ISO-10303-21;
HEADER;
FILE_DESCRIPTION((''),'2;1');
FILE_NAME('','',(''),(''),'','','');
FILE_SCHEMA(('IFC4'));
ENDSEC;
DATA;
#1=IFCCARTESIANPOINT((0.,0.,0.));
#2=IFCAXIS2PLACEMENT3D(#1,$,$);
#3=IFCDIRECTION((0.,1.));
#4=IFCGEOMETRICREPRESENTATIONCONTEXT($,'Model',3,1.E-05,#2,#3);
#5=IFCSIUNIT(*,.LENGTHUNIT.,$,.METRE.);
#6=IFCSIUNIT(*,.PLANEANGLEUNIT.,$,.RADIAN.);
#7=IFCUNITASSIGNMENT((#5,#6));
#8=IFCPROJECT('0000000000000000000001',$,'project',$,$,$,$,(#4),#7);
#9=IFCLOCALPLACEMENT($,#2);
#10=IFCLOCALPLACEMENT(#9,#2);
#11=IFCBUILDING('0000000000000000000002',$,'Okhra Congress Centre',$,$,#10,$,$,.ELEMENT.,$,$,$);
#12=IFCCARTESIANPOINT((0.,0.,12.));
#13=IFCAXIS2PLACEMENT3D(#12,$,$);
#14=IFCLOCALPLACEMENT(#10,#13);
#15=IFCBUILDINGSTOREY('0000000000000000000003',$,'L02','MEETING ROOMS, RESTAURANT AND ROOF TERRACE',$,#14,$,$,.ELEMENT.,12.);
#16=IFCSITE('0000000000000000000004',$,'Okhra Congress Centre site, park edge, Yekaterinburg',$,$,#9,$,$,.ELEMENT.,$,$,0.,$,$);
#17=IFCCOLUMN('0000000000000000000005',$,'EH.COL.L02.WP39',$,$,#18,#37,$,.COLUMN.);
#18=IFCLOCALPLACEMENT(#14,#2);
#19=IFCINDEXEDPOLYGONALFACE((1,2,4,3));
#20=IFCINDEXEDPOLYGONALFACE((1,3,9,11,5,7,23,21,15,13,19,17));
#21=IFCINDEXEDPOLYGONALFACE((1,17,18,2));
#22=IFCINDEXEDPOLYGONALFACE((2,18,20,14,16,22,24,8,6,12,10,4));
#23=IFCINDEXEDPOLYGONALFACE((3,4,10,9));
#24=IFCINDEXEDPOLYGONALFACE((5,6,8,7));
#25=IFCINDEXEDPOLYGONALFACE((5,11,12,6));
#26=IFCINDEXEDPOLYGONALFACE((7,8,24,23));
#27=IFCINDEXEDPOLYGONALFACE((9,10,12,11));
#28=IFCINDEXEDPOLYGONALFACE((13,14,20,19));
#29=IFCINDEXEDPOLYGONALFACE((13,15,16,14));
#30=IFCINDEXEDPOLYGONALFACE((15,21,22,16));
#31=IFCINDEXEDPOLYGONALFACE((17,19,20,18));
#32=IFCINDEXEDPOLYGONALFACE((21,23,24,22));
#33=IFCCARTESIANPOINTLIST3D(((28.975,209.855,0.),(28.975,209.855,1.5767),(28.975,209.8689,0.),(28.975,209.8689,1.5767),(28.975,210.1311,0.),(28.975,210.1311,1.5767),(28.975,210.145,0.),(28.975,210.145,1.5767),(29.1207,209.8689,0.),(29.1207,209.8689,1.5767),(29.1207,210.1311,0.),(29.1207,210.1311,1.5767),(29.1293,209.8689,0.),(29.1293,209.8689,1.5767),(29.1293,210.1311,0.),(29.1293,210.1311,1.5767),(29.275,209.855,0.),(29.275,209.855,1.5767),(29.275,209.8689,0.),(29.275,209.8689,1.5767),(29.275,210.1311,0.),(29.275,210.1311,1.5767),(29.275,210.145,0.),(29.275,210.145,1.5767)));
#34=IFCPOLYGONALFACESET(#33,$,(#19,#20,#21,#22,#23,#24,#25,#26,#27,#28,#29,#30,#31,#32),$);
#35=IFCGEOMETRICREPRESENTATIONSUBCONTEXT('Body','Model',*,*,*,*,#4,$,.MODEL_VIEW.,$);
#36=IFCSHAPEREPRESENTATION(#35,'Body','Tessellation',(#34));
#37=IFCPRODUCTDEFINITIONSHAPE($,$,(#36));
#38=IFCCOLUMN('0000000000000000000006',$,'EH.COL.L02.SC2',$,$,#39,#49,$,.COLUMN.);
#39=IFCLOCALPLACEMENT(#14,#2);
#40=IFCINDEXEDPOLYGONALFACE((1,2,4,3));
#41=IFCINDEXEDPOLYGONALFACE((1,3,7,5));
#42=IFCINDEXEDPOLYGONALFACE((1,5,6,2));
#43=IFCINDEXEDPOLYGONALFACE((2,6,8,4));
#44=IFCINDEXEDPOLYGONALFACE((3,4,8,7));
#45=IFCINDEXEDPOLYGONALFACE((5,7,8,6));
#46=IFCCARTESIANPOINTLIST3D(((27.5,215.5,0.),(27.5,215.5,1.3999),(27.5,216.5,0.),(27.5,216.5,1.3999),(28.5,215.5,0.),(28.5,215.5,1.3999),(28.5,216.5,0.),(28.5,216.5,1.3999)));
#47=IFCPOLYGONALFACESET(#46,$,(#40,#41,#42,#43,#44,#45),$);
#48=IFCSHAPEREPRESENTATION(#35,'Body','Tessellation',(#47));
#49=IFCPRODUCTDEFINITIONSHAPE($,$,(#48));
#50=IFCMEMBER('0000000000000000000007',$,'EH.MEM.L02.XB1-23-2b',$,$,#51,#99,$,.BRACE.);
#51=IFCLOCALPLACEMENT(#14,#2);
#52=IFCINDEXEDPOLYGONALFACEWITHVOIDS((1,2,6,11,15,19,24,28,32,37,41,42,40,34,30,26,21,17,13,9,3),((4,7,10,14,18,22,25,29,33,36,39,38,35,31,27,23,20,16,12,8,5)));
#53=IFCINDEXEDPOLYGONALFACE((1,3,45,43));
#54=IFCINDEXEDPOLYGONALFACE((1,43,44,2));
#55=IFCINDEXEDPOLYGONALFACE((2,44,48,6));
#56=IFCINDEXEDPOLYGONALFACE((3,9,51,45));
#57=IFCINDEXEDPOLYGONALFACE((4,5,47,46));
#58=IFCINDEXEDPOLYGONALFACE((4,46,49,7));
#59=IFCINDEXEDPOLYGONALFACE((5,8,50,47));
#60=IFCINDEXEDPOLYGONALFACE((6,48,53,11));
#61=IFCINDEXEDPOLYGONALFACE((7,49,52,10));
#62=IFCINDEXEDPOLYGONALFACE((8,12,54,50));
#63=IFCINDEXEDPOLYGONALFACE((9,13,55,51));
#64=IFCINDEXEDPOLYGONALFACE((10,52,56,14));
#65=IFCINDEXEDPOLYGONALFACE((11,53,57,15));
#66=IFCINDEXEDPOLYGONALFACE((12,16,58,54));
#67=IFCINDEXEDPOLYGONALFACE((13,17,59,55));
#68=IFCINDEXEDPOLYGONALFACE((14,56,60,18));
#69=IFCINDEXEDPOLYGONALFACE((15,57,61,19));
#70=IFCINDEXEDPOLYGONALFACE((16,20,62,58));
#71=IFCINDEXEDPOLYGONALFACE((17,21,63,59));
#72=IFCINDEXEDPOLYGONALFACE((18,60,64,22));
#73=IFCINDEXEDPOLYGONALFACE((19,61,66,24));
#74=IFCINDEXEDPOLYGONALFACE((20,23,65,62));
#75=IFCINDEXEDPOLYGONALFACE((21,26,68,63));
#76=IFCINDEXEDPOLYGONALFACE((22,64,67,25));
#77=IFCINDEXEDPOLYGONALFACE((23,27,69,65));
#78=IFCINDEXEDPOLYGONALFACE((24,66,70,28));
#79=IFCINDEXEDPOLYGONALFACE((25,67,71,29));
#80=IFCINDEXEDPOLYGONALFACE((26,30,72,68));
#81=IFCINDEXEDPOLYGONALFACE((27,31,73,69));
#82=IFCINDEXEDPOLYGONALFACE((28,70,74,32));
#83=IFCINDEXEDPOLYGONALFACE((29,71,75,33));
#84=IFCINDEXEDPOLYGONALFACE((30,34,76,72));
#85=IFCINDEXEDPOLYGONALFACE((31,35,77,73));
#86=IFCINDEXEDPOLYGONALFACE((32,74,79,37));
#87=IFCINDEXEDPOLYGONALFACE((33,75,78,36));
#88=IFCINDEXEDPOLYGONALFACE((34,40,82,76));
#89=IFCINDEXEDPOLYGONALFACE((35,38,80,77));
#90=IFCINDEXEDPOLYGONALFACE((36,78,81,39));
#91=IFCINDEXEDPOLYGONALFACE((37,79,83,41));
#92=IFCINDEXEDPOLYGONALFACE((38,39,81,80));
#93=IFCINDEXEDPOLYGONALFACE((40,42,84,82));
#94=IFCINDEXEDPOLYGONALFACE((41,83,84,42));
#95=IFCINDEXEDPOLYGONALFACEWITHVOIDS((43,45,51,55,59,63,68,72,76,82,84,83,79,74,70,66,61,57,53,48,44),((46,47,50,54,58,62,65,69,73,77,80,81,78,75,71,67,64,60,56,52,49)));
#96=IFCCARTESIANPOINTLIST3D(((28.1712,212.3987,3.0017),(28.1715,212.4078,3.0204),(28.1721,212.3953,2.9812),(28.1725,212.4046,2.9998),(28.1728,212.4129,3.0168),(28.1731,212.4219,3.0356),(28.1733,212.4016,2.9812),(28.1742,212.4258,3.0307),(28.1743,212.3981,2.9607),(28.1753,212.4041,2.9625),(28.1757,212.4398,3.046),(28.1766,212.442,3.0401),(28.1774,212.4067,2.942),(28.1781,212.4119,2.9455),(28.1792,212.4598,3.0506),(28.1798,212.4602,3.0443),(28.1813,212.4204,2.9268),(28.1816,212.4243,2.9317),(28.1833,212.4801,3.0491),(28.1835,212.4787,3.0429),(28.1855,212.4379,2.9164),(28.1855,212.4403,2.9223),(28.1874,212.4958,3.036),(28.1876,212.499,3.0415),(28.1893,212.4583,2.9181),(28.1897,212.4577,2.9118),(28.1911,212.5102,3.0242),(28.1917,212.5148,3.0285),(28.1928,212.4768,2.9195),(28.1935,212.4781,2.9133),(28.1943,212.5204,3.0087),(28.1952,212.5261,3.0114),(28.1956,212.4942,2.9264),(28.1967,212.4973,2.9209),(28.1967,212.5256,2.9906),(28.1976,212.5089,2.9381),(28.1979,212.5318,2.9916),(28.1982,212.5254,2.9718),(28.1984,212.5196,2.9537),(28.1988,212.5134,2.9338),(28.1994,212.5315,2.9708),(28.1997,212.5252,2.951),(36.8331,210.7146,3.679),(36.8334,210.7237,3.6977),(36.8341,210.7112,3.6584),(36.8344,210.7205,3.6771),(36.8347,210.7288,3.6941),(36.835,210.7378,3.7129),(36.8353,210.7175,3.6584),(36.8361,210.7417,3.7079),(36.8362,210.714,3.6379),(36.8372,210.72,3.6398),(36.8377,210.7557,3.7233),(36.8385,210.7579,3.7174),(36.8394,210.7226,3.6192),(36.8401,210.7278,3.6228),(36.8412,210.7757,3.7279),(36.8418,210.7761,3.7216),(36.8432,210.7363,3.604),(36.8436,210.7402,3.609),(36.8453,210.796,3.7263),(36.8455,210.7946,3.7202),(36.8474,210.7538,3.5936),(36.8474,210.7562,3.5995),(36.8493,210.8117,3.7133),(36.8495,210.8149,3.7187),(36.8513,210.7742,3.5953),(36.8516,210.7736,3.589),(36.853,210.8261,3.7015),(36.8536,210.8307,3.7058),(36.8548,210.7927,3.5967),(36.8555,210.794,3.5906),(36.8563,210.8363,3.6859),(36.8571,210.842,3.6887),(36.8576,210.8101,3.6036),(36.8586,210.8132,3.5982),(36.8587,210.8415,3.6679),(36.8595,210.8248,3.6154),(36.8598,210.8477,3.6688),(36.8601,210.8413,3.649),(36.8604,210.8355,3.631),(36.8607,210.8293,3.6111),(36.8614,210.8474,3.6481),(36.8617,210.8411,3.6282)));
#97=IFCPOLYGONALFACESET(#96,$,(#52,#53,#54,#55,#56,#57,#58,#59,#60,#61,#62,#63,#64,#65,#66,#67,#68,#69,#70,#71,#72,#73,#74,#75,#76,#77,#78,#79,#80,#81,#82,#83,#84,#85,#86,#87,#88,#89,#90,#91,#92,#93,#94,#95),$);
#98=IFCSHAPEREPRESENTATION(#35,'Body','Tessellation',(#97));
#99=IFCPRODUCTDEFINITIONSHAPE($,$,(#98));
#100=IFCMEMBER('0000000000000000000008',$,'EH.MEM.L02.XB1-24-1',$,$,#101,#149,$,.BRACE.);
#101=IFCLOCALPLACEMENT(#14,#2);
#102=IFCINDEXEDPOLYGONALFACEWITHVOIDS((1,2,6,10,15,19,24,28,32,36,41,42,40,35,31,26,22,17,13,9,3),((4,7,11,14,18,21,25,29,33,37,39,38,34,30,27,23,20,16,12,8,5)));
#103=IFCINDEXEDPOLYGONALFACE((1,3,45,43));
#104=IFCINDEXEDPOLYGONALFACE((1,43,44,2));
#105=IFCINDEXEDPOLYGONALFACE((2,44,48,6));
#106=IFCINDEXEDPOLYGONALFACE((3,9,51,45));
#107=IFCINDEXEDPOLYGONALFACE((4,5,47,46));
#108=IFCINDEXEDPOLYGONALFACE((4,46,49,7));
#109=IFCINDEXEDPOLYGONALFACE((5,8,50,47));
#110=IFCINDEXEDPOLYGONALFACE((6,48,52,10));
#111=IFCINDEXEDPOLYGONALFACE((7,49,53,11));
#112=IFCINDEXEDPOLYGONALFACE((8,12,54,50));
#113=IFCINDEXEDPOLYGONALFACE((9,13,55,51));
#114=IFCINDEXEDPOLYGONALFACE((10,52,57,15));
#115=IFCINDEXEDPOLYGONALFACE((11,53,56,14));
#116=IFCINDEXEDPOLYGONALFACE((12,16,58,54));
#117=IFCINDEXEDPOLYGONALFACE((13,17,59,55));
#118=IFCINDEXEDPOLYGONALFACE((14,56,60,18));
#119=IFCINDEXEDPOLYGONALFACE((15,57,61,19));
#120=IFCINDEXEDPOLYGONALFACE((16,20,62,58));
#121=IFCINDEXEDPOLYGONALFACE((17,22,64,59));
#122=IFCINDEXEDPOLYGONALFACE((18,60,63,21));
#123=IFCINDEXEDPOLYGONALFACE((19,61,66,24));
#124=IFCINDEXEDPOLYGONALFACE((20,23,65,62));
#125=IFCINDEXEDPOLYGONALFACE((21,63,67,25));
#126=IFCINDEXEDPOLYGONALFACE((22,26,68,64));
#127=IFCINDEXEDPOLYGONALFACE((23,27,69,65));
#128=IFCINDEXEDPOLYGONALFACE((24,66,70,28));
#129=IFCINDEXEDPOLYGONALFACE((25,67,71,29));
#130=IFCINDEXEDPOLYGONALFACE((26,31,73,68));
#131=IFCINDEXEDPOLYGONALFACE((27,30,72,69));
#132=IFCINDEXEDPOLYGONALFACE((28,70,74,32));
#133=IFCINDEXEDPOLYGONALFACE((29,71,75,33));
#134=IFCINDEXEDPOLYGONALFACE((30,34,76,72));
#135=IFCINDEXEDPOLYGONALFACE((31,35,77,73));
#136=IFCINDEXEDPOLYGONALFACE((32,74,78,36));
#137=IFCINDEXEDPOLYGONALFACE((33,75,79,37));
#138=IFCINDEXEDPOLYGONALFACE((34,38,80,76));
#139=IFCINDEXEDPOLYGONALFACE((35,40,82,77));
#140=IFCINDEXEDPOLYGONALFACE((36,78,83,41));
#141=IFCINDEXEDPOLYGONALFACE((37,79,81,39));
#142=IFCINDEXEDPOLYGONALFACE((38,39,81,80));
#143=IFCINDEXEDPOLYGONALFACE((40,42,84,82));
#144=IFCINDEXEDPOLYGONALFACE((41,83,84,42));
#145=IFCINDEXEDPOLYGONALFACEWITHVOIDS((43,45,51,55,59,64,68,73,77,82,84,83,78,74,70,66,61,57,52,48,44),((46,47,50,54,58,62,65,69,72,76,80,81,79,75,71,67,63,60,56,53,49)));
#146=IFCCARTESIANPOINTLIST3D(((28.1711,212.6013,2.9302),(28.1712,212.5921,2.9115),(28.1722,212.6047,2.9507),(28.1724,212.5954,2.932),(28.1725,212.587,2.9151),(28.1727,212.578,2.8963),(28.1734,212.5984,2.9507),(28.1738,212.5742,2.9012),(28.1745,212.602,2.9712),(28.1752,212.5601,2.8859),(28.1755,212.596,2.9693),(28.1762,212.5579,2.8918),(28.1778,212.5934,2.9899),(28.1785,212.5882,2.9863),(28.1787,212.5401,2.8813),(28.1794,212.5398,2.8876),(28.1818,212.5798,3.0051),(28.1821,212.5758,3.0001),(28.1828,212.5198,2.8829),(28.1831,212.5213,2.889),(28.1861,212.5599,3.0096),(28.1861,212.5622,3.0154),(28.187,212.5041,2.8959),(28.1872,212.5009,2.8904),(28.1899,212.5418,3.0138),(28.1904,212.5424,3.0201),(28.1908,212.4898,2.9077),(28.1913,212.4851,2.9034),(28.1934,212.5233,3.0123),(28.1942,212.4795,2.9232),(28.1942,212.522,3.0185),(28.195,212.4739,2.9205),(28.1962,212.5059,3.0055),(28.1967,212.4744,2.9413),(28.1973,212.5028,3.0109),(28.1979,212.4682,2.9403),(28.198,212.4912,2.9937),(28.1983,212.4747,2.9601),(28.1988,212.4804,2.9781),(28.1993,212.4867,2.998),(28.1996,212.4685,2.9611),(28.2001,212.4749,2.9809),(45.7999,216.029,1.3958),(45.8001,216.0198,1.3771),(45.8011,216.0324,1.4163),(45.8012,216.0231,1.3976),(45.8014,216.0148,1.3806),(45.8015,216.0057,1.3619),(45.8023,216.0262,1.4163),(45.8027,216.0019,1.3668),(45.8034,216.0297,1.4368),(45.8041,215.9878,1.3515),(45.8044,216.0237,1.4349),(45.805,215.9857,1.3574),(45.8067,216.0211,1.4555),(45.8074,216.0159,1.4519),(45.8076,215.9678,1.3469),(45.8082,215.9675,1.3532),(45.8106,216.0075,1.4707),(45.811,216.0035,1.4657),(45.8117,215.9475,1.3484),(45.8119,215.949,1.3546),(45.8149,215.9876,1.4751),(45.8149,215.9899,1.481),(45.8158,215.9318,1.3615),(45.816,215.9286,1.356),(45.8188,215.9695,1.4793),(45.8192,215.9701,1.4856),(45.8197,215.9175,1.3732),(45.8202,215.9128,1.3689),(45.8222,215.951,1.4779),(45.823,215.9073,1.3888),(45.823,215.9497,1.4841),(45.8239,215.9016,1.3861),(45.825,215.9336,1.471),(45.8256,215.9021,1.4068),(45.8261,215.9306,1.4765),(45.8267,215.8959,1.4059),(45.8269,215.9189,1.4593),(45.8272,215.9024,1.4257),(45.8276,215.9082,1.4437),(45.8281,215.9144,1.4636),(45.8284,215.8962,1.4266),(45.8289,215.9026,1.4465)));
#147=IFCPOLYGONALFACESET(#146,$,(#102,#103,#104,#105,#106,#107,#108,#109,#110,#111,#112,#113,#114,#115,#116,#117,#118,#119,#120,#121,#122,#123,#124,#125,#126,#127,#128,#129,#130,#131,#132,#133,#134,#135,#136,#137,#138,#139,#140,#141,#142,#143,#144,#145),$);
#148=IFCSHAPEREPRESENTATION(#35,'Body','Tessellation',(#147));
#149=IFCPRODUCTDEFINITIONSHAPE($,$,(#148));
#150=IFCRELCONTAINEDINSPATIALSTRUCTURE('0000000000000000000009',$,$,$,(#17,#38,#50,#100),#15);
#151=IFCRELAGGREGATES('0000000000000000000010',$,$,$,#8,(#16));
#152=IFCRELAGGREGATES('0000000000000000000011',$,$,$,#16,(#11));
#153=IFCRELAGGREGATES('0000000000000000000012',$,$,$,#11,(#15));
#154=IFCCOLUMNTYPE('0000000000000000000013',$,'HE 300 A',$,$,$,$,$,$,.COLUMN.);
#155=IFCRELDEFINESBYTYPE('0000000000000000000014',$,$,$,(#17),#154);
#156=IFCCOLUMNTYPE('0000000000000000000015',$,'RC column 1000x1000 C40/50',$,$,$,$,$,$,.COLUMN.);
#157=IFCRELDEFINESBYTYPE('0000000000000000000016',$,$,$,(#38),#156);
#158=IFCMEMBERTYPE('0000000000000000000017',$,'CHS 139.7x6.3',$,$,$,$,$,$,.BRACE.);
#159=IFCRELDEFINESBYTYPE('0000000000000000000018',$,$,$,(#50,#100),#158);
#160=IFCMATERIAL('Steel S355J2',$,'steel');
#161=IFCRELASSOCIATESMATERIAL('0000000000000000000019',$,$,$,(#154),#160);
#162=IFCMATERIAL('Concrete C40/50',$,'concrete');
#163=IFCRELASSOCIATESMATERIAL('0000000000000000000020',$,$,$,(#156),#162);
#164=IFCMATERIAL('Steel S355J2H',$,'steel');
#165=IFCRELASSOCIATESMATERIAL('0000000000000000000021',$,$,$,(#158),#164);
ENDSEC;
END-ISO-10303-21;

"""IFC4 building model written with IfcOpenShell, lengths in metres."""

from ifc_helpers import new_model, si_unit, direction, frame, origin, origin_2d, place, context, subcontext, project, spatial, rectangle, hollow_circle, i_section, extrude, material, material_profile, profile_set, type_object, element, save


model = new_model("IFC4")

# Units and contexts
model_context = context("Model", 3, precision=1e-05, world=origin(), true_north=direction((0.0, 1.0)))
body_context = subcontext(model_context, "Body", "Model", "MODEL_VIEW")
ifc_project = project(units=[si_unit("LENGTHUNIT", "METRE"), si_unit("PLANEANGLEUNIT", "RADIAN")], contexts=[model_context])

# Site, building, storey
site_placement = place(None, origin())
site = spatial("IfcSite", under=ifc_project, at=site_placement, Name="Okhra Congress Centre site, park edge, Yekaterinburg", CompositionType="ELEMENT", RefElevation=0.0)
building_placement = place(site_placement, origin())
building = spatial("IfcBuilding", under=site, at=building_placement, Name="Okhra Congress Centre", CompositionType="ELEMENT")
storey_placement = place(building_placement, frame((0.0, 0.0, 12.0)))
storey = spatial("IfcBuildingStorey", under=building, at=storey_placement, Name="L02", Description="MEETING ROOMS, RESTAURANT AND ROOF TERRACE", CompositionType="ELEMENT", Elevation=12.0)

# Columns
ifc_material_1 = material(Name="Steel S355J2", Category="steel")
ifc_material_profile_1 = material_profile(ifc_material_1, i_section(OverallWidth=0.3, OverallDepth=0.29, WebThickness=0.0085, FlangeThickness=0.0139, at=origin_2d()), Name="HE 300 A")
ifc_profile_set_1 = profile_set([ifc_material_profile_1], Name="Steel S355J2")
column_type_1 = type_object("IfcColumnType", Name="HE 300 A", PredefinedType="COLUMN", material=ifc_profile_set_1)
column_1_placement = place(storey_placement, frame((29.125, 210.0, 0.0), z_axis=(0.0, 0.0, 1.0), x_axis=(1.0, 0.0, 0.0)))
element("IfcColumn", 1, at=column_1_placement, inside=storey, type_object=column_type_1, Name="EH.COL.L02.WP39", PredefinedType="COLUMN", context=body_context, shape_type="SweptSolid", body=[
    extrude(i_section(OverallWidth=0.3, OverallDepth=0.29, WebThickness=0.0085, FlangeThickness=0.0139, at=origin_2d()), origin(), (0.0, 0.0, 1.0), 1.5767),
])
ifc_material_2 = material(Name="Concrete C40/50", Category="concrete")
ifc_material_profile_2 = material_profile(ifc_material_2, rectangle(XDim=1.0, YDim=1.0, at=origin_2d()), Name="RC 1000x1000")
ifc_profile_set_2 = profile_set([ifc_material_profile_2], Name="Concrete C40/50")
column_type_2 = type_object("IfcColumnType", Name="RC column 1000x1000 C40/50", PredefinedType="COLUMN", material=ifc_profile_set_2)
column_2_placement = place(storey_placement, frame((28.0, 216.0, 0.0), z_axis=(0.0, 0.0, 1.0), x_axis=(1.0, 0.0, 0.0)))
element("IfcColumn", 2, at=column_2_placement, inside=storey, type_object=column_type_2, Name="EH.COL.L02.SC2", PredefinedType="COLUMN", context=body_context, shape_type="SweptSolid", body=[
    extrude(rectangle(XDim=1.0, YDim=1.0, at=origin_2d()), origin(), (0.0, 0.0, 1.0), 1.3999),
])

# Members
ifc_material_3 = material(Name="Steel S355J2H", Category="steel")
ifc_material_profile_3 = material_profile(ifc_material_3, hollow_circle(Radius=0.0698, WallThickness=0.0063, at=origin_2d()), Name="CHS 139.7x6.3")
ifc_profile_set_3 = profile_set([ifc_material_profile_3], Name="Steel S355J2H")
member_type_1 = type_object("IfcMemberType", Name="CHS 139.7x6.3", PredefinedType="BRACE", material=ifc_profile_set_3)
member_1_placement = place(storey_placement, frame((36.8474, 210.7798, 3.6584), z_axis=(-0.978741, 0.190292, -0.076525), x_axis=(-0.190851, -0.981619, 0.0)))
element("IfcMember", 3, at=member_1_placement, inside=storey, type_object=member_type_1, Name="EH.MEM.L02.XB1-23-2b", PredefinedType="BRACE", context=body_context, shape_type="SweptSolid", body=[
    extrude(hollow_circle(Radius=0.0698, WallThickness=0.0063, at=origin_2d()), origin(), (0.0, 0.0, 1.0), 8.8501),
])
member_2_placement = place(storey_placement, frame((28.1855, 212.5361, 2.9507), z_axis=(0.978053, 0.190171, -0.08513), x_axis=(-0.190864, 0.981617, 0.0)))
element("IfcMember", 4, at=member_2_placement, inside=storey, type_object=member_type_1, Name="EH.MEM.L02.XB1-24-1", PredefinedType="BRACE", context=body_context, shape_type="SweptSolid", body=[
    extrude(hollow_circle(Radius=0.0698, WallThickness=0.0063, at=origin_2d()), origin(), (0.0, 0.0, 1.0), 18.0244),
])

save(model, "model.ifc")
